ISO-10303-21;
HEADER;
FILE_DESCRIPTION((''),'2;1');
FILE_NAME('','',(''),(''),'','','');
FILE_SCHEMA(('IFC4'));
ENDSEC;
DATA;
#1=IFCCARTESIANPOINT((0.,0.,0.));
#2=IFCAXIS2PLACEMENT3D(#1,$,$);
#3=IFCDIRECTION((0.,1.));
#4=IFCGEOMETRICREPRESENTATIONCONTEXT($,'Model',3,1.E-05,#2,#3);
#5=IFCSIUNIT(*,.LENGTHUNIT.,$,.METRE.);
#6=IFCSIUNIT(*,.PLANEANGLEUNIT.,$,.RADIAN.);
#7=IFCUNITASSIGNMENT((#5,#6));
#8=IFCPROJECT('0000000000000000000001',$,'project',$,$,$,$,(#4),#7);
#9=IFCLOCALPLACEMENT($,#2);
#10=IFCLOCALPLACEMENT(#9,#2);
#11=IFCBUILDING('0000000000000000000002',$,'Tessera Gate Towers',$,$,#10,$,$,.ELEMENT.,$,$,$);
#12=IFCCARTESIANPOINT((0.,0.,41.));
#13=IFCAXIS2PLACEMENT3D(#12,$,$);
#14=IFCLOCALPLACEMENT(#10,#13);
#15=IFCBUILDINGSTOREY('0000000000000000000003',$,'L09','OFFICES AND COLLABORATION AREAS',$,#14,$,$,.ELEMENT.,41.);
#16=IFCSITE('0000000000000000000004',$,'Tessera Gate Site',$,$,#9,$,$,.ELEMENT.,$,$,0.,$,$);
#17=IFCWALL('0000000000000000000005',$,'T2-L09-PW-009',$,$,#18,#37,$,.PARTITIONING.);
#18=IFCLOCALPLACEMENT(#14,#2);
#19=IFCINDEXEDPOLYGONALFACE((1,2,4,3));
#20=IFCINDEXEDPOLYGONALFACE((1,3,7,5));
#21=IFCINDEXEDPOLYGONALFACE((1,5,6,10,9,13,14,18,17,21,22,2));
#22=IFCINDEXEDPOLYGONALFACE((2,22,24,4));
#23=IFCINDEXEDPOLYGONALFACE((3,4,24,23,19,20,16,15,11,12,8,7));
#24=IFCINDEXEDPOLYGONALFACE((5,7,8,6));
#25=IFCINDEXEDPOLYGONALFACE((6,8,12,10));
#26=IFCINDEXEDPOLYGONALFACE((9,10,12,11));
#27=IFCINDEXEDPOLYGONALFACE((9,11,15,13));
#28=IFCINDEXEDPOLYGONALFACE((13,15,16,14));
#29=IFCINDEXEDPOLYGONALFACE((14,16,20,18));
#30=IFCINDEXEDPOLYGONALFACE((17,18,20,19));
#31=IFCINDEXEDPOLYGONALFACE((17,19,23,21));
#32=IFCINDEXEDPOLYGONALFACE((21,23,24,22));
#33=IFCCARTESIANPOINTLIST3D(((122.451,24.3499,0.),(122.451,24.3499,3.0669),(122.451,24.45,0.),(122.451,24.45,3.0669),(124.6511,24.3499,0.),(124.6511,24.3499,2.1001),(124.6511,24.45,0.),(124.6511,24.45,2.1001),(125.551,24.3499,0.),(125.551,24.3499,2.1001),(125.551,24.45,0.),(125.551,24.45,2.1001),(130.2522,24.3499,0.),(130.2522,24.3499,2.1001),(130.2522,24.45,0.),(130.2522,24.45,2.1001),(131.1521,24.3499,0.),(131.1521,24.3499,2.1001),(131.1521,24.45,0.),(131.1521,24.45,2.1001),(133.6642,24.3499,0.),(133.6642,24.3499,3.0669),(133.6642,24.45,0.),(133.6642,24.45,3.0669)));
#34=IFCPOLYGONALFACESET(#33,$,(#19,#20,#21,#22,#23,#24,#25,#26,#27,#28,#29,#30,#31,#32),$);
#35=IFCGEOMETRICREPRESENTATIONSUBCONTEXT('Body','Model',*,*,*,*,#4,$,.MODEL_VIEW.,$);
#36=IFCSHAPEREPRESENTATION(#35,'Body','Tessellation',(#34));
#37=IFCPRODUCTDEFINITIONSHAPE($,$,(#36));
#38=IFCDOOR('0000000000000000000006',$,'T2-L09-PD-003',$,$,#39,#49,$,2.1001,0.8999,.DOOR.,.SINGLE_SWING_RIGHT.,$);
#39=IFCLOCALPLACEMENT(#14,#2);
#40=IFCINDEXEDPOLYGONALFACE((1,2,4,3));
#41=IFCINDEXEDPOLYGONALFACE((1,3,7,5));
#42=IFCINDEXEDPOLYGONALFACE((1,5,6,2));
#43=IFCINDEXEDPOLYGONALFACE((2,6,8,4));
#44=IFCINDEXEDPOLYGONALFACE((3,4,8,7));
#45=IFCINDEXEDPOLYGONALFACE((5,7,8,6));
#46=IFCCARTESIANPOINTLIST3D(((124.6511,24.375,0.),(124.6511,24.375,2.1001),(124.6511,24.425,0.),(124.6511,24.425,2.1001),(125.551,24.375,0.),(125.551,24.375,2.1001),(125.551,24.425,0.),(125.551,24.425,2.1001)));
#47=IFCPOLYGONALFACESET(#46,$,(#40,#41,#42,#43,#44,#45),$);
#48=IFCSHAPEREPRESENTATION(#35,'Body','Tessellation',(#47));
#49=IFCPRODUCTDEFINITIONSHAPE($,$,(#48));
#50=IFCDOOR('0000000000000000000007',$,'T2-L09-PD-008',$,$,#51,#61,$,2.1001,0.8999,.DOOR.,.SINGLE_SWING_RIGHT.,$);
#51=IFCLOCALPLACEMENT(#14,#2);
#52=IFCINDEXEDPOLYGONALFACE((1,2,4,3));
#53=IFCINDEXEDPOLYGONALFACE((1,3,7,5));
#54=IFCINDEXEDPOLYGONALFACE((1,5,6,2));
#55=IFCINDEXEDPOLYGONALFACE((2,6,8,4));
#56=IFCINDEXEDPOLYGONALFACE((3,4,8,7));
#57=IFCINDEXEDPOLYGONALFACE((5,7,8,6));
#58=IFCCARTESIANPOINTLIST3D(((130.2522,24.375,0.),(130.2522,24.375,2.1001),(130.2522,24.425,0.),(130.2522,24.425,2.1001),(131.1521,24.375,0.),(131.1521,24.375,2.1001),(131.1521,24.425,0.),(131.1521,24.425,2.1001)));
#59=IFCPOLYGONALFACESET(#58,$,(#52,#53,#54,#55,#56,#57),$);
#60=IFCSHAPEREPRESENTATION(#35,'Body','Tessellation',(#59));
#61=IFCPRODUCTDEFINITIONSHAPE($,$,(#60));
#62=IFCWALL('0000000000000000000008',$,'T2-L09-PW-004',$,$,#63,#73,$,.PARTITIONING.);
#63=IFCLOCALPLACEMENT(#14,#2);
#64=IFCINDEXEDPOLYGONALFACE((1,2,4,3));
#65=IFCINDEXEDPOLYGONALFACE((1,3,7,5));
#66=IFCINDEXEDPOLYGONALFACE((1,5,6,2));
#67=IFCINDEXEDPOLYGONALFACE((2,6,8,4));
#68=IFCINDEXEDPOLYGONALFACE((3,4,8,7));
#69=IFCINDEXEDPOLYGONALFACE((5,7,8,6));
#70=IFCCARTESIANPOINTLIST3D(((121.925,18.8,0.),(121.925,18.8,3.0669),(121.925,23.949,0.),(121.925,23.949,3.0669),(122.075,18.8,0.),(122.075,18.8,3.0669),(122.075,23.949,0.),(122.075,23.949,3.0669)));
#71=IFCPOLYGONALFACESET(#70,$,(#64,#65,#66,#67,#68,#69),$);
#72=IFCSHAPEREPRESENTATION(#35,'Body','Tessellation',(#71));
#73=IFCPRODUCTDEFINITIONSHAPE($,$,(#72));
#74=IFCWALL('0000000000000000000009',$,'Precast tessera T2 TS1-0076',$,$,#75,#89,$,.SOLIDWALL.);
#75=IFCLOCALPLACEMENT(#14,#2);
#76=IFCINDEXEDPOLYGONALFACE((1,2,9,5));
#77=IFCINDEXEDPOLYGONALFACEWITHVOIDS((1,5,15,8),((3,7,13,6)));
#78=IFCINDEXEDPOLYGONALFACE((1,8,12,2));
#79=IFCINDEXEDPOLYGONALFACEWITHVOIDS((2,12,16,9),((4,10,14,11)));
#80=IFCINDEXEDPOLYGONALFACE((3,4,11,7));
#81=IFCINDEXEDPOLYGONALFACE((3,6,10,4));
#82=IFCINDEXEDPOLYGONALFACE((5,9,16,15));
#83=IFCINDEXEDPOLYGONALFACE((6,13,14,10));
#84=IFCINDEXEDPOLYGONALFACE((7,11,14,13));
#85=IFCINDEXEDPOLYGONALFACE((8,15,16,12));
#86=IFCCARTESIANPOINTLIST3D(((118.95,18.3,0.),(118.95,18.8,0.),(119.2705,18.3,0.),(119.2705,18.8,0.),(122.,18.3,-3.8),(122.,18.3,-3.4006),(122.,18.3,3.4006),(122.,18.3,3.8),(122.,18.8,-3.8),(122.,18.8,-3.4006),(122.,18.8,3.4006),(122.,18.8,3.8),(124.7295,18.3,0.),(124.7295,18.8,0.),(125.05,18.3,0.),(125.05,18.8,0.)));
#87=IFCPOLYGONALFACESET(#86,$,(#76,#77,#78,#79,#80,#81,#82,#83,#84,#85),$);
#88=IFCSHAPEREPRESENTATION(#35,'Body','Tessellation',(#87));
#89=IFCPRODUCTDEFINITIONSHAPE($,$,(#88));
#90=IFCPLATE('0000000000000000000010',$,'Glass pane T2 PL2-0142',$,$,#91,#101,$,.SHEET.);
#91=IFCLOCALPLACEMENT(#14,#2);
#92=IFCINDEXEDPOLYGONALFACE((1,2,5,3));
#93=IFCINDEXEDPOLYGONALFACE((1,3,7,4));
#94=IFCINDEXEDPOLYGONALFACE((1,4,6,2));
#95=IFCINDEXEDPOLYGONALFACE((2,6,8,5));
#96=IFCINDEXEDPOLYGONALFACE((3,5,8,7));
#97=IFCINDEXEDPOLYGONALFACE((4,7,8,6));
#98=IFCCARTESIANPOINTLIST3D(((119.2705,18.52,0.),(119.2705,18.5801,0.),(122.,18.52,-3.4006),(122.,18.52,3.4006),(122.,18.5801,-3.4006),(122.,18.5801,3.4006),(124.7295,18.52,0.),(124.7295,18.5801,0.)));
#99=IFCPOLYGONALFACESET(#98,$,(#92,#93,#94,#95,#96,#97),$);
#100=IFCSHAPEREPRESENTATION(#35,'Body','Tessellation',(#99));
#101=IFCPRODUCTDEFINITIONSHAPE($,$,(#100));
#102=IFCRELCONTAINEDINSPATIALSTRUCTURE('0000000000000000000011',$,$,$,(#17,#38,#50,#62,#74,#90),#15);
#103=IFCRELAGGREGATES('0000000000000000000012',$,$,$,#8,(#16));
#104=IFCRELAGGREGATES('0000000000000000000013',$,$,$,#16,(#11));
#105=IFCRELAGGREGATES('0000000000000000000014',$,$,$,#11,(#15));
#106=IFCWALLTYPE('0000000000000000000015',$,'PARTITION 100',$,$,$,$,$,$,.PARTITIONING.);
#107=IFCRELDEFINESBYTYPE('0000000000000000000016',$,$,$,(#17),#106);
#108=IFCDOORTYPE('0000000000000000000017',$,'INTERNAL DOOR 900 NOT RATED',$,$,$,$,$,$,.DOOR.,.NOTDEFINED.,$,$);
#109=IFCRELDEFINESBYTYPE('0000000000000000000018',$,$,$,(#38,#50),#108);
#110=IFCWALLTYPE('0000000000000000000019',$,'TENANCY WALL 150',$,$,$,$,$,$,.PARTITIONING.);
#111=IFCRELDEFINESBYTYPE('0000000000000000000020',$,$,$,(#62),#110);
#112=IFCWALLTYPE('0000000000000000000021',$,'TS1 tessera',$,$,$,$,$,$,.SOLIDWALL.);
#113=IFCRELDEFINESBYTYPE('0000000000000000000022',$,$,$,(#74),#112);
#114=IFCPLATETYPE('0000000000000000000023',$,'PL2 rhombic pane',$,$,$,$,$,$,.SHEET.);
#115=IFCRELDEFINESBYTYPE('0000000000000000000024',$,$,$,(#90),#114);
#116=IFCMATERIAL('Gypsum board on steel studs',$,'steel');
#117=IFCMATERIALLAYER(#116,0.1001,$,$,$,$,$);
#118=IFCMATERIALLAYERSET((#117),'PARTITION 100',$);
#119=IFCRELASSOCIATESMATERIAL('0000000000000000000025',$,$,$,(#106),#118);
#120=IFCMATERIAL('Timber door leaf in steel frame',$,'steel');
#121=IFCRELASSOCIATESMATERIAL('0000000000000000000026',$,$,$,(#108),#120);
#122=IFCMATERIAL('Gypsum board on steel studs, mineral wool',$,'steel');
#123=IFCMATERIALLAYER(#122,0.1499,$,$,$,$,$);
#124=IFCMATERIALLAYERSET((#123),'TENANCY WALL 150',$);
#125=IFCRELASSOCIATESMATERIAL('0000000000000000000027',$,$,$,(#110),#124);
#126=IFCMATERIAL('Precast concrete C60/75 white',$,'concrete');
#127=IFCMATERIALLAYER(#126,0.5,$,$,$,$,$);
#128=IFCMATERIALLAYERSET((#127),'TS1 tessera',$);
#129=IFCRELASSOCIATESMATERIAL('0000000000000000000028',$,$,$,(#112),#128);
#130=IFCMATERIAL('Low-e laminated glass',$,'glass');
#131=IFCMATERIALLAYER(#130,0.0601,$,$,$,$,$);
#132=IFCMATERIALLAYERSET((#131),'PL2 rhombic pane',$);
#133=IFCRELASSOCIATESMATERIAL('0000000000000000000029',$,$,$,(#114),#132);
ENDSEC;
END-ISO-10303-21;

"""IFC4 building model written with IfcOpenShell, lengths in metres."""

from ifc_helpers import new_model, si_unit, direction, frame, frame_2d, origin, place, context, subcontext, project, spatial, polyline, rectangle, outline, extrude, source, transform, mapped, material, layer, layer_set, type_object, element, fill, save


model = new_model("IFC4")

# Units and contexts
model_context = context("Model", 3, precision=1e-05, world=origin(), true_north=direction((0.0, 1.0)))
body_context = subcontext(model_context, "Body", "Model", "MODEL_VIEW")
ifc_project = project(units=[si_unit("LENGTHUNIT", "METRE"), si_unit("PLANEANGLEUNIT", "RADIAN")], contexts=[model_context])

# Site, building, storey
site_placement = place(None, origin())
site = spatial("IfcSite", under=ifc_project, at=site_placement, Name="Tessera Gate Site", CompositionType="ELEMENT", RefElevation=0.0)
building_placement = place(site_placement, origin())
building = spatial("IfcBuilding", under=site, at=building_placement, Name="Tessera Gate Towers", CompositionType="ELEMENT")
storey_placement = place(building_placement, frame((0.0, 0.0, 41.0)))
storey = spatial("IfcBuildingStorey", under=building, at=storey_placement, Name="L09", Description="OFFICES AND COLLABORATION AREAS", CompositionType="ELEMENT", Elevation=41.0)

# Shared definitions
shared_shape_1 = source(origin(), body_context, "Body", "SweptSolid", [
    extrude(rectangle(XDim=0.8999, YDim=2.1001, at=frame_2d((0.45, 1.05))), frame((0.0, 0.0601, 0.0), z_axis=(0.0, -1.0, 0.0), x_axis=(1.0, 0.0, 0.0)), (0.0, 0.0, 1.0), 0.1201),
])
shared_shape_2 = source(origin(), body_context, "Body", "SweptSolid", [
    extrude(rectangle(XDim=0.8999, YDim=2.1001, at=frame_2d((0.45, 1.05))), frame((0.0, 0.0249, 0.0), z_axis=(0.0, -1.0, 0.0), x_axis=(1.0, 0.0, 0.0)), (0.0, 0.0, 1.0), 0.05),
])

# Shared definitions
ifc_material_1 = material(Name="Gypsum board on steel studs", Category="steel")
ifc_layer_1 = layer(ifc_material_1, 0.1001)
ifc_layer_set_1 = layer_set([ifc_layer_1], Name="PARTITION 100")
wall_type_1 = type_object("IfcWallType", Name="PARTITION 100", PredefinedType="PARTITIONING", material=ifc_layer_set_1)

# Wall, openings, doors
wall_1_placement = place(storey_placement, frame((133.6641, 24.3999, 0.0), z_axis=(0.0, 0.0, 1.0), x_axis=(-1.0, 0.0, 0.0)))
wall_1 = element("IfcWall", 1, at=wall_1_placement, inside=storey, type_object=wall_type_1, Name="T2-L09-PW-009", PredefinedType="PARTITIONING", context=body_context, shape_type="SweptSolid", body=[
    extrude(rectangle(XDim=11.2131, YDim=0.1001, at=frame_2d((5.6064, 0.0))), origin(), (0.0, 0.0, 1.0), 3.0669),
])
opening_1_placement = place(wall_1_placement, frame((8.113, 0.0, 0.0)))
opening_1 = element("IfcOpeningElement", 2, at=opening_1_placement, cuts=wall_1, PredefinedType="OPENING", context=body_context, shape_type="MappedRepresentation", body=[
    mapped(shared_shape_1, transform((0.0, 0.0, 0.0), scale=1.0)),
])
opening_2_placement = place(wall_1_placement, frame((2.512, 0.0, 0.0)))
opening_2 = element("IfcOpeningElement", 3, at=opening_2_placement, cuts=wall_1, PredefinedType="OPENING", context=body_context, shape_type="MappedRepresentation", body=[
    mapped(shared_shape_1, transform((0.0, 0.0, 0.0), scale=1.0)),
])
ifc_material_2 = material(Name="Timber door leaf in steel frame", Category="steel")
door_type_1 = type_object("IfcDoorType", Name="INTERNAL DOOR 900 NOT RATED", OperationType="NOTDEFINED", PredefinedType="DOOR", material=ifc_material_2)
door_1_placement = place(opening_1_placement, origin())
door_1 = element("IfcDoor", 4, at=door_1_placement, inside=storey, type_object=door_type_1, Name="T2-L09-PD-003", OperationType="SINGLE_SWING_RIGHT", OverallHeight=2.1001, OverallWidth=0.8999, PredefinedType="DOOR", context=body_context, shape_type="MappedRepresentation", body=[
    mapped(shared_shape_2, transform((0.0, 0.0, 0.0), scale=1.0)),
])
fill(opening_1, door_1)
door_2_placement = place(opening_2_placement, origin())
door_2 = element("IfcDoor", 5, at=door_2_placement, inside=storey, type_object=door_type_1, Name="T2-L09-PD-008", OperationType="SINGLE_SWING_RIGHT", OverallHeight=2.1001, OverallWidth=0.8999, PredefinedType="DOOR", context=body_context, shape_type="MappedRepresentation", body=[
    mapped(shared_shape_2, transform((0.0, 0.0, 0.0), scale=1.0)),
])
fill(opening_2, door_2)

# Wall
ifc_material_3 = material(Name="Gypsum board on steel studs, mineral wool", Category="steel")
ifc_layer_2 = layer(ifc_material_3, 0.1499)
ifc_layer_set_2 = layer_set([ifc_layer_2], Name="TENANCY WALL 150")
wall_type_2 = type_object("IfcWallType", Name="TENANCY WALL 150", PredefinedType="PARTITIONING", material=ifc_layer_set_2)
wall_2_placement = place(storey_placement, frame((122.0, 18.8, 0.0), z_axis=(0.0, 0.0, 1.0), x_axis=(0.0, 1.0, 0.0)))
element("IfcWall", 6, at=wall_2_placement, inside=storey, type_object=wall_type_2, Name="T2-L09-PW-004", PredefinedType="PARTITIONING", context=body_context, shape_type="SweptSolid", body=[
    extrude(rectangle(XDim=5.1489, YDim=0.1499, at=frame_2d((2.5745, 0.0))), origin(), (0.0, 0.0, 1.0), 3.0669),
])

# Wall, opening, plate
ifc_material_4 = material(Name="Precast concrete C60/75 white", Category="concrete")
ifc_layer_3 = layer(ifc_material_4, 0.5)
ifc_layer_set_3 = layer_set([ifc_layer_3], Name="TS1 tessera")
wall_type_3 = type_object("IfcWallType", Name="TS1 tessera", PredefinedType="SOLIDWALL", material=ifc_layer_set_3)
shared_shape_3 = source(origin(), body_context, "Body", "SweptSolid", [
    extrude(outline(polyline([(3.05, 0.0), (6.1001, 3.8), (3.05, 7.6001), (0.0, 3.8), (3.05, 0.0)])), frame((0.0, 0.25, 0.0), z_axis=(0.0, -1.0, 0.0), x_axis=(1.0, 0.0, 0.0)), (0.0, 0.0, 1.0), 0.5),
])
wall_3_placement = place(storey_placement, frame((118.95, 18.55, -3.8), z_axis=(0.0, 0.0, 1.0), x_axis=(1.0, 0.0, 0.0)))
wall_3 = element("IfcWall", 7, at=wall_3_placement, inside=storey, type_object=wall_type_3, Name="Precast tessera T2 TS1-0076", PredefinedType="SOLIDWALL", context=body_context, shape_type="MappedRepresentation", body=[
    mapped(shared_shape_3, transform((0.0, 0.0, 0.0), scale=1.0)),
])
shared_shape_4 = source(origin(), body_context, "Body", "SweptSolid", [
    extrude(outline(polyline([(3.05, 0.3994), (5.7795, 3.8), (3.05, 7.2007), (0.3206, 3.8), (3.05, 0.3994)])), frame((0.0, 0.26, 0.0), z_axis=(0.0, -1.0, 0.0), x_axis=(1.0, 0.0, 0.0)), (0.0, 0.0, 1.0), 0.52),
])
opening_3_placement = place(wall_3_placement, origin())
opening_3 = element("IfcOpeningElement", 8, at=opening_3_placement, cuts=wall_3, PredefinedType="OPENING", context=body_context, shape_type="MappedRepresentation", body=[
    mapped(shared_shape_4, transform((0.0, 0.0, 0.0), scale=1.0)),
])
ifc_material_5 = material(Name="Low-e laminated glass", Category="glass")
ifc_layer_4 = layer(ifc_material_5, 0.0601)
ifc_layer_set_4 = layer_set([ifc_layer_4], Name="PL2 rhombic pane")
plate_type = type_object("IfcPlateType", Name="PL2 rhombic pane", PredefinedType="SHEET", material=ifc_layer_set_4)
shared_shape_5 = source(origin(), body_context, "Body", "SweptSolid", [
    extrude(outline(polyline([(3.05, 0.3994), (5.7795, 3.8), (3.05, 7.2007), (0.3206, 3.8), (3.05, 0.3994)])), frame((0.0, 0.03, 0.0), z_axis=(0.0, -1.0, 0.0), x_axis=(1.0, 0.0, 0.0)), (0.0, 0.0, 1.0), 0.0601),
])
plate_placement = place(opening_3_placement, origin())
plate = element("IfcPlate", 9, at=plate_placement, inside=storey, type_object=plate_type, Name="Glass pane T2 PL2-0142", PredefinedType="SHEET", context=body_context, shape_type="MappedRepresentation", body=[
    mapped(shared_shape_5, transform((0.0, 0.0, 0.0), scale=1.0)),
])
fill(opening_3, plate)

save(model, "model.ifc")
